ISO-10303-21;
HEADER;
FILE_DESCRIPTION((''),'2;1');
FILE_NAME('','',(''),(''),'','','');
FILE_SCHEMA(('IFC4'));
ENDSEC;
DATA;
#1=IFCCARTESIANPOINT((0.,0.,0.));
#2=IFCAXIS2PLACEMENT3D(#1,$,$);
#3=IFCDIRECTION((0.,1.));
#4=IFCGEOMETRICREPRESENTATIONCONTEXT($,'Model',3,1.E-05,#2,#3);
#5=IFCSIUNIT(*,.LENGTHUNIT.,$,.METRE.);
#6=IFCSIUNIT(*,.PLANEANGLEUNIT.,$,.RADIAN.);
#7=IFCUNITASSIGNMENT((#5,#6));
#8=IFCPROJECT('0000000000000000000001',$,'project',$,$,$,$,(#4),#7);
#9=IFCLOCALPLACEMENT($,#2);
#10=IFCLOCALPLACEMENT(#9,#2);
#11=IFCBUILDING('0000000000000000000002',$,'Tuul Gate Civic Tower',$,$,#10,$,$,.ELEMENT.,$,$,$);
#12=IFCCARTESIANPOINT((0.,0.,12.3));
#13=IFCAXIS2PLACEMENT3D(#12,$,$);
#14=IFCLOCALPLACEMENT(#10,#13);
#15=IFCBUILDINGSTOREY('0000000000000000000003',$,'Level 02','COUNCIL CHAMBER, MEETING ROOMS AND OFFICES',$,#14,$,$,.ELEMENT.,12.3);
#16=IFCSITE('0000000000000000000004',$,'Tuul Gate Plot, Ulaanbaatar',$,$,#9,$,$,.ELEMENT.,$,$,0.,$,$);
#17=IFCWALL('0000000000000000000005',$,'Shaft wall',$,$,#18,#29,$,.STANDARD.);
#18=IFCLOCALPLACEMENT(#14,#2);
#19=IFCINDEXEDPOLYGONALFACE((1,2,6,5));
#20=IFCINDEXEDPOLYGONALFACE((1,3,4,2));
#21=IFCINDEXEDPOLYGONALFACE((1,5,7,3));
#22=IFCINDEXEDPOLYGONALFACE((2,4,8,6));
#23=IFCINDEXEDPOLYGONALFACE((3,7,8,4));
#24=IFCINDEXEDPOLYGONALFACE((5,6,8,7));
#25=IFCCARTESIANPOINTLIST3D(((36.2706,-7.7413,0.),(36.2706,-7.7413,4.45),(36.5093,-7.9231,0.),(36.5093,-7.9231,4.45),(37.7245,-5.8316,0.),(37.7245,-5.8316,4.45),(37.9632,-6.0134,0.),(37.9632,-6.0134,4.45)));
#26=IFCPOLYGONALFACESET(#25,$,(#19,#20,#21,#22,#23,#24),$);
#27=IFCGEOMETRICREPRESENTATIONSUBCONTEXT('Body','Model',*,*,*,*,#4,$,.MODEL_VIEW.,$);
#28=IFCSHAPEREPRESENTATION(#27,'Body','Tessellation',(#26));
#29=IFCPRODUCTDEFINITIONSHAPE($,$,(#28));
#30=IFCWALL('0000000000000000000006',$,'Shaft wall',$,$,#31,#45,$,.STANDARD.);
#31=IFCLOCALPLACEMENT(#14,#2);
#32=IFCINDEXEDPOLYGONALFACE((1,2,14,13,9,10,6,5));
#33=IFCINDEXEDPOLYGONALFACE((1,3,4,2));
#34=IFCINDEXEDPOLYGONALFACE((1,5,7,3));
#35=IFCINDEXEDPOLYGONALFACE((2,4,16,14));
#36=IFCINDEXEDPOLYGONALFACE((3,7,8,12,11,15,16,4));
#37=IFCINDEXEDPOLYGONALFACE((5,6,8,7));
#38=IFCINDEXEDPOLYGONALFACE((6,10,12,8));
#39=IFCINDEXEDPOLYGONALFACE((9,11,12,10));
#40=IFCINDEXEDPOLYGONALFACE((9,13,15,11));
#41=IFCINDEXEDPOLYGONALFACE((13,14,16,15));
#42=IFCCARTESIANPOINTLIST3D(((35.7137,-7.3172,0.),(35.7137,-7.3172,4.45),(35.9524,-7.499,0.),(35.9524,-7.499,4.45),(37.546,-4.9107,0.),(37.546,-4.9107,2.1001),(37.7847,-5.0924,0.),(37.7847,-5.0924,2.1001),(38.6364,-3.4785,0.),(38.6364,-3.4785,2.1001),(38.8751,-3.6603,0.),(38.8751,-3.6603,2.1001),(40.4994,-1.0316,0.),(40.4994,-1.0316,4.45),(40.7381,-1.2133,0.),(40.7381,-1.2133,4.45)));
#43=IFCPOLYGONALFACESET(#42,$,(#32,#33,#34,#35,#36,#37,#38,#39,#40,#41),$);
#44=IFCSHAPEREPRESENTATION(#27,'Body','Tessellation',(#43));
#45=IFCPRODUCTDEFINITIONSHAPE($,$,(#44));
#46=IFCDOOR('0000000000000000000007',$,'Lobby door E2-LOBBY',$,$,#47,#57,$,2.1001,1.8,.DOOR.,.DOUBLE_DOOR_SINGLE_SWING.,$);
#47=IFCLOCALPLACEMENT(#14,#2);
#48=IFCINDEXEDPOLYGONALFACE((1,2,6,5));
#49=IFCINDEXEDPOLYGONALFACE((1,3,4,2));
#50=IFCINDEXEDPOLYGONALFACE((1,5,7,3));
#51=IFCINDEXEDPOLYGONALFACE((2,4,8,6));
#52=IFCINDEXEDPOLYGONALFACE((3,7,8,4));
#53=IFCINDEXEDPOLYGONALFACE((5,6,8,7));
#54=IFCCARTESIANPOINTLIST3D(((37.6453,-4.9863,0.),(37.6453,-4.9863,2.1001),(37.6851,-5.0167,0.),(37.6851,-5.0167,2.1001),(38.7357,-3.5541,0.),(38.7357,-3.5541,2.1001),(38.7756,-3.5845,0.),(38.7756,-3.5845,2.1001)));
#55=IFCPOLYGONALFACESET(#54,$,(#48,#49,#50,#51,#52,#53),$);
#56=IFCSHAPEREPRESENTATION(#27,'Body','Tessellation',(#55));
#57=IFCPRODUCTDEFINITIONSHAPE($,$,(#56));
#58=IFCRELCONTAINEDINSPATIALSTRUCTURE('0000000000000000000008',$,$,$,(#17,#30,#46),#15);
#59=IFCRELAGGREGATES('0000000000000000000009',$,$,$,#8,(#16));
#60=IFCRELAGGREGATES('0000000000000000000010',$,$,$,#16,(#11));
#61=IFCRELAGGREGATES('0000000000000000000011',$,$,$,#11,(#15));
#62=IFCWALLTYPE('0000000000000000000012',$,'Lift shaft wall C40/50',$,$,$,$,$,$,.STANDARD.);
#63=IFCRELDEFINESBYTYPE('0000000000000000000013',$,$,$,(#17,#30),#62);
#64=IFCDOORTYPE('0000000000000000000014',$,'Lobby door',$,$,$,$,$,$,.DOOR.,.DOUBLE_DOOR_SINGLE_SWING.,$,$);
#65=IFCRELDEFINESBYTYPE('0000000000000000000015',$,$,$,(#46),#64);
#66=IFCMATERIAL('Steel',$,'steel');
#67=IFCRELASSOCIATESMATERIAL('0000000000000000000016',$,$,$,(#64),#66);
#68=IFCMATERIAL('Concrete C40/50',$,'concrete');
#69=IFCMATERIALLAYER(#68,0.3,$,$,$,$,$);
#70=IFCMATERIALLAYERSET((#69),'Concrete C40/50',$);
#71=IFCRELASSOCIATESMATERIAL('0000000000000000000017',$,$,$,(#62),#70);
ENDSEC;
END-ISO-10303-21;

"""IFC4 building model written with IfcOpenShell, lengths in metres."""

from ifc_helpers import new_model, si_unit, direction, frame, frame_2d, origin, place, context, subcontext, project, spatial, rectangle, extrude, material, layer, layer_set, type_object, element, fill, save


model = new_model("IFC4")

# Units and contexts
model_context = context("Model", 3, precision=1e-05, world=origin(), true_north=direction((0.0, 1.0)))
body_context = subcontext(model_context, "Body", "Model", "MODEL_VIEW")
ifc_project = project(units=[si_unit("LENGTHUNIT", "METRE"), si_unit("PLANEANGLEUNIT", "RADIAN")], contexts=[model_context])

# Site, building, storey
site_placement = place(None, origin())
site = spatial("IfcSite", under=ifc_project, at=site_placement, Name="Tuul Gate Plot, Ulaanbaatar", CompositionType="ELEMENT", RefElevation=0.0)
building_placement = place(site_placement, origin())
building = spatial("IfcBuilding", under=site, at=building_placement, Name="Tuul Gate Civic Tower", CompositionType="ELEMENT")
storey_placement = place(building_placement, frame((0.0, 0.0, 12.3)))
storey = spatial("IfcBuildingStorey", under=building, at=storey_placement, Name="Level 02", Description="COUNCIL CHAMBER, MEETING ROOMS AND OFFICES", CompositionType="ELEMENT", Elevation=12.3)

# Shared definitions
ifc_material_1 = material(Name="Steel", Category="steel")
door_type_1 = type_object("IfcDoorType", Name="Lobby door", OperationType="DOUBLE_DOOR_SINGLE_SWING", PredefinedType="DOOR", material=ifc_material_1)

# Shared definitions
ifc_material_2 = material(Name="Concrete C40/50", Category="concrete")
ifc_layer_1 = layer(ifc_material_2, 0.3)
ifc_layer_set_1 = layer_set([ifc_layer_1], Name="Concrete C40/50")
wall_type_1 = type_object("IfcWallType", Name="Lift shaft wall C40/50", PredefinedType="STANDARD", material=ifc_layer_set_1)

# Wall
wall_1_placement = place(storey_placement, frame((36.3899, -7.8323, 0.0), z_axis=(0.0, 0.0, 1.0), x_axis=(0.605746, 0.795658, 0.0)))
element("IfcWall", 1, at=wall_1_placement, inside=storey, type_object=wall_type_1, Name="Shaft wall", PredefinedType="STANDARD", context=body_context, shape_type="SweptSolid", body=[
    extrude(rectangle(XDim=2.4001, YDim=0.3, at=frame_2d((1.2002, 0.0))), origin(), (0.0, 0.0, 1.0), 4.45),
])

# Wall, opening, door
wall_2_placement = place(storey_placement, frame((35.833, -7.4082, 0.0), z_axis=(0.0, 0.0, 1.0), x_axis=(0.605769, 0.79564, 0.0)))
wall_2 = element("IfcWall", 2, at=wall_2_placement, inside=storey, type_object=wall_type_1, Name="Shaft wall", PredefinedType="STANDARD", context=body_context, shape_type="SweptSolid", body=[
    extrude(rectangle(XDim=7.9001, YDim=0.3, at=frame_2d((3.9502, 0.0))), origin(), (0.0, 0.0, 1.0), 4.45),
])
opening_1_placement = place(wall_2_placement, frame((3.0249, 0.0, 0.0)))
opening_1 = element("IfcOpeningElement", 3, at=opening_1_placement, cuts=wall_2, PredefinedType="OPENING", context=body_context, shape_type="SweptSolid", body=[
    extrude(rectangle(XDim=1.8, YDim=2.1001, at=frame_2d((0.8999, 1.05))), frame((0.0, 0.1602, 0.0), z_axis=(0.0, -1.0, 0.0), x_axis=(1.0, 0.0, 0.0)), (0.0, 0.0, 1.0), 0.3201),
])
door_1_placement = place(opening_1_placement, frame((1.8, 0.0, 0.0), z_axis=(0.0, 0.0, 1.0), x_axis=(-1.0, 0.0, 0.0)))
door_1 = element("IfcDoor", 4, at=door_1_placement, inside=storey, type_object=door_type_1, Name="Lobby door E2-LOBBY", OperationType="DOUBLE_DOOR_SINGLE_SWING", OverallHeight=2.1001, OverallWidth=1.8, PredefinedType="DOOR", context=body_context, shape_type="SweptSolid", body=[
    extrude(rectangle(XDim=1.8, YDim=2.1001, at=frame_2d((0.9001, 1.05))), frame((0.0, 0.0249, 0.0), z_axis=(0.0, -1.0, 0.0), x_axis=(1.0, 0.0, 0.0)), (0.0, 0.0, 1.0), 0.05),
])
fill(opening_1, door_1)

save(model, "model.ifc")
